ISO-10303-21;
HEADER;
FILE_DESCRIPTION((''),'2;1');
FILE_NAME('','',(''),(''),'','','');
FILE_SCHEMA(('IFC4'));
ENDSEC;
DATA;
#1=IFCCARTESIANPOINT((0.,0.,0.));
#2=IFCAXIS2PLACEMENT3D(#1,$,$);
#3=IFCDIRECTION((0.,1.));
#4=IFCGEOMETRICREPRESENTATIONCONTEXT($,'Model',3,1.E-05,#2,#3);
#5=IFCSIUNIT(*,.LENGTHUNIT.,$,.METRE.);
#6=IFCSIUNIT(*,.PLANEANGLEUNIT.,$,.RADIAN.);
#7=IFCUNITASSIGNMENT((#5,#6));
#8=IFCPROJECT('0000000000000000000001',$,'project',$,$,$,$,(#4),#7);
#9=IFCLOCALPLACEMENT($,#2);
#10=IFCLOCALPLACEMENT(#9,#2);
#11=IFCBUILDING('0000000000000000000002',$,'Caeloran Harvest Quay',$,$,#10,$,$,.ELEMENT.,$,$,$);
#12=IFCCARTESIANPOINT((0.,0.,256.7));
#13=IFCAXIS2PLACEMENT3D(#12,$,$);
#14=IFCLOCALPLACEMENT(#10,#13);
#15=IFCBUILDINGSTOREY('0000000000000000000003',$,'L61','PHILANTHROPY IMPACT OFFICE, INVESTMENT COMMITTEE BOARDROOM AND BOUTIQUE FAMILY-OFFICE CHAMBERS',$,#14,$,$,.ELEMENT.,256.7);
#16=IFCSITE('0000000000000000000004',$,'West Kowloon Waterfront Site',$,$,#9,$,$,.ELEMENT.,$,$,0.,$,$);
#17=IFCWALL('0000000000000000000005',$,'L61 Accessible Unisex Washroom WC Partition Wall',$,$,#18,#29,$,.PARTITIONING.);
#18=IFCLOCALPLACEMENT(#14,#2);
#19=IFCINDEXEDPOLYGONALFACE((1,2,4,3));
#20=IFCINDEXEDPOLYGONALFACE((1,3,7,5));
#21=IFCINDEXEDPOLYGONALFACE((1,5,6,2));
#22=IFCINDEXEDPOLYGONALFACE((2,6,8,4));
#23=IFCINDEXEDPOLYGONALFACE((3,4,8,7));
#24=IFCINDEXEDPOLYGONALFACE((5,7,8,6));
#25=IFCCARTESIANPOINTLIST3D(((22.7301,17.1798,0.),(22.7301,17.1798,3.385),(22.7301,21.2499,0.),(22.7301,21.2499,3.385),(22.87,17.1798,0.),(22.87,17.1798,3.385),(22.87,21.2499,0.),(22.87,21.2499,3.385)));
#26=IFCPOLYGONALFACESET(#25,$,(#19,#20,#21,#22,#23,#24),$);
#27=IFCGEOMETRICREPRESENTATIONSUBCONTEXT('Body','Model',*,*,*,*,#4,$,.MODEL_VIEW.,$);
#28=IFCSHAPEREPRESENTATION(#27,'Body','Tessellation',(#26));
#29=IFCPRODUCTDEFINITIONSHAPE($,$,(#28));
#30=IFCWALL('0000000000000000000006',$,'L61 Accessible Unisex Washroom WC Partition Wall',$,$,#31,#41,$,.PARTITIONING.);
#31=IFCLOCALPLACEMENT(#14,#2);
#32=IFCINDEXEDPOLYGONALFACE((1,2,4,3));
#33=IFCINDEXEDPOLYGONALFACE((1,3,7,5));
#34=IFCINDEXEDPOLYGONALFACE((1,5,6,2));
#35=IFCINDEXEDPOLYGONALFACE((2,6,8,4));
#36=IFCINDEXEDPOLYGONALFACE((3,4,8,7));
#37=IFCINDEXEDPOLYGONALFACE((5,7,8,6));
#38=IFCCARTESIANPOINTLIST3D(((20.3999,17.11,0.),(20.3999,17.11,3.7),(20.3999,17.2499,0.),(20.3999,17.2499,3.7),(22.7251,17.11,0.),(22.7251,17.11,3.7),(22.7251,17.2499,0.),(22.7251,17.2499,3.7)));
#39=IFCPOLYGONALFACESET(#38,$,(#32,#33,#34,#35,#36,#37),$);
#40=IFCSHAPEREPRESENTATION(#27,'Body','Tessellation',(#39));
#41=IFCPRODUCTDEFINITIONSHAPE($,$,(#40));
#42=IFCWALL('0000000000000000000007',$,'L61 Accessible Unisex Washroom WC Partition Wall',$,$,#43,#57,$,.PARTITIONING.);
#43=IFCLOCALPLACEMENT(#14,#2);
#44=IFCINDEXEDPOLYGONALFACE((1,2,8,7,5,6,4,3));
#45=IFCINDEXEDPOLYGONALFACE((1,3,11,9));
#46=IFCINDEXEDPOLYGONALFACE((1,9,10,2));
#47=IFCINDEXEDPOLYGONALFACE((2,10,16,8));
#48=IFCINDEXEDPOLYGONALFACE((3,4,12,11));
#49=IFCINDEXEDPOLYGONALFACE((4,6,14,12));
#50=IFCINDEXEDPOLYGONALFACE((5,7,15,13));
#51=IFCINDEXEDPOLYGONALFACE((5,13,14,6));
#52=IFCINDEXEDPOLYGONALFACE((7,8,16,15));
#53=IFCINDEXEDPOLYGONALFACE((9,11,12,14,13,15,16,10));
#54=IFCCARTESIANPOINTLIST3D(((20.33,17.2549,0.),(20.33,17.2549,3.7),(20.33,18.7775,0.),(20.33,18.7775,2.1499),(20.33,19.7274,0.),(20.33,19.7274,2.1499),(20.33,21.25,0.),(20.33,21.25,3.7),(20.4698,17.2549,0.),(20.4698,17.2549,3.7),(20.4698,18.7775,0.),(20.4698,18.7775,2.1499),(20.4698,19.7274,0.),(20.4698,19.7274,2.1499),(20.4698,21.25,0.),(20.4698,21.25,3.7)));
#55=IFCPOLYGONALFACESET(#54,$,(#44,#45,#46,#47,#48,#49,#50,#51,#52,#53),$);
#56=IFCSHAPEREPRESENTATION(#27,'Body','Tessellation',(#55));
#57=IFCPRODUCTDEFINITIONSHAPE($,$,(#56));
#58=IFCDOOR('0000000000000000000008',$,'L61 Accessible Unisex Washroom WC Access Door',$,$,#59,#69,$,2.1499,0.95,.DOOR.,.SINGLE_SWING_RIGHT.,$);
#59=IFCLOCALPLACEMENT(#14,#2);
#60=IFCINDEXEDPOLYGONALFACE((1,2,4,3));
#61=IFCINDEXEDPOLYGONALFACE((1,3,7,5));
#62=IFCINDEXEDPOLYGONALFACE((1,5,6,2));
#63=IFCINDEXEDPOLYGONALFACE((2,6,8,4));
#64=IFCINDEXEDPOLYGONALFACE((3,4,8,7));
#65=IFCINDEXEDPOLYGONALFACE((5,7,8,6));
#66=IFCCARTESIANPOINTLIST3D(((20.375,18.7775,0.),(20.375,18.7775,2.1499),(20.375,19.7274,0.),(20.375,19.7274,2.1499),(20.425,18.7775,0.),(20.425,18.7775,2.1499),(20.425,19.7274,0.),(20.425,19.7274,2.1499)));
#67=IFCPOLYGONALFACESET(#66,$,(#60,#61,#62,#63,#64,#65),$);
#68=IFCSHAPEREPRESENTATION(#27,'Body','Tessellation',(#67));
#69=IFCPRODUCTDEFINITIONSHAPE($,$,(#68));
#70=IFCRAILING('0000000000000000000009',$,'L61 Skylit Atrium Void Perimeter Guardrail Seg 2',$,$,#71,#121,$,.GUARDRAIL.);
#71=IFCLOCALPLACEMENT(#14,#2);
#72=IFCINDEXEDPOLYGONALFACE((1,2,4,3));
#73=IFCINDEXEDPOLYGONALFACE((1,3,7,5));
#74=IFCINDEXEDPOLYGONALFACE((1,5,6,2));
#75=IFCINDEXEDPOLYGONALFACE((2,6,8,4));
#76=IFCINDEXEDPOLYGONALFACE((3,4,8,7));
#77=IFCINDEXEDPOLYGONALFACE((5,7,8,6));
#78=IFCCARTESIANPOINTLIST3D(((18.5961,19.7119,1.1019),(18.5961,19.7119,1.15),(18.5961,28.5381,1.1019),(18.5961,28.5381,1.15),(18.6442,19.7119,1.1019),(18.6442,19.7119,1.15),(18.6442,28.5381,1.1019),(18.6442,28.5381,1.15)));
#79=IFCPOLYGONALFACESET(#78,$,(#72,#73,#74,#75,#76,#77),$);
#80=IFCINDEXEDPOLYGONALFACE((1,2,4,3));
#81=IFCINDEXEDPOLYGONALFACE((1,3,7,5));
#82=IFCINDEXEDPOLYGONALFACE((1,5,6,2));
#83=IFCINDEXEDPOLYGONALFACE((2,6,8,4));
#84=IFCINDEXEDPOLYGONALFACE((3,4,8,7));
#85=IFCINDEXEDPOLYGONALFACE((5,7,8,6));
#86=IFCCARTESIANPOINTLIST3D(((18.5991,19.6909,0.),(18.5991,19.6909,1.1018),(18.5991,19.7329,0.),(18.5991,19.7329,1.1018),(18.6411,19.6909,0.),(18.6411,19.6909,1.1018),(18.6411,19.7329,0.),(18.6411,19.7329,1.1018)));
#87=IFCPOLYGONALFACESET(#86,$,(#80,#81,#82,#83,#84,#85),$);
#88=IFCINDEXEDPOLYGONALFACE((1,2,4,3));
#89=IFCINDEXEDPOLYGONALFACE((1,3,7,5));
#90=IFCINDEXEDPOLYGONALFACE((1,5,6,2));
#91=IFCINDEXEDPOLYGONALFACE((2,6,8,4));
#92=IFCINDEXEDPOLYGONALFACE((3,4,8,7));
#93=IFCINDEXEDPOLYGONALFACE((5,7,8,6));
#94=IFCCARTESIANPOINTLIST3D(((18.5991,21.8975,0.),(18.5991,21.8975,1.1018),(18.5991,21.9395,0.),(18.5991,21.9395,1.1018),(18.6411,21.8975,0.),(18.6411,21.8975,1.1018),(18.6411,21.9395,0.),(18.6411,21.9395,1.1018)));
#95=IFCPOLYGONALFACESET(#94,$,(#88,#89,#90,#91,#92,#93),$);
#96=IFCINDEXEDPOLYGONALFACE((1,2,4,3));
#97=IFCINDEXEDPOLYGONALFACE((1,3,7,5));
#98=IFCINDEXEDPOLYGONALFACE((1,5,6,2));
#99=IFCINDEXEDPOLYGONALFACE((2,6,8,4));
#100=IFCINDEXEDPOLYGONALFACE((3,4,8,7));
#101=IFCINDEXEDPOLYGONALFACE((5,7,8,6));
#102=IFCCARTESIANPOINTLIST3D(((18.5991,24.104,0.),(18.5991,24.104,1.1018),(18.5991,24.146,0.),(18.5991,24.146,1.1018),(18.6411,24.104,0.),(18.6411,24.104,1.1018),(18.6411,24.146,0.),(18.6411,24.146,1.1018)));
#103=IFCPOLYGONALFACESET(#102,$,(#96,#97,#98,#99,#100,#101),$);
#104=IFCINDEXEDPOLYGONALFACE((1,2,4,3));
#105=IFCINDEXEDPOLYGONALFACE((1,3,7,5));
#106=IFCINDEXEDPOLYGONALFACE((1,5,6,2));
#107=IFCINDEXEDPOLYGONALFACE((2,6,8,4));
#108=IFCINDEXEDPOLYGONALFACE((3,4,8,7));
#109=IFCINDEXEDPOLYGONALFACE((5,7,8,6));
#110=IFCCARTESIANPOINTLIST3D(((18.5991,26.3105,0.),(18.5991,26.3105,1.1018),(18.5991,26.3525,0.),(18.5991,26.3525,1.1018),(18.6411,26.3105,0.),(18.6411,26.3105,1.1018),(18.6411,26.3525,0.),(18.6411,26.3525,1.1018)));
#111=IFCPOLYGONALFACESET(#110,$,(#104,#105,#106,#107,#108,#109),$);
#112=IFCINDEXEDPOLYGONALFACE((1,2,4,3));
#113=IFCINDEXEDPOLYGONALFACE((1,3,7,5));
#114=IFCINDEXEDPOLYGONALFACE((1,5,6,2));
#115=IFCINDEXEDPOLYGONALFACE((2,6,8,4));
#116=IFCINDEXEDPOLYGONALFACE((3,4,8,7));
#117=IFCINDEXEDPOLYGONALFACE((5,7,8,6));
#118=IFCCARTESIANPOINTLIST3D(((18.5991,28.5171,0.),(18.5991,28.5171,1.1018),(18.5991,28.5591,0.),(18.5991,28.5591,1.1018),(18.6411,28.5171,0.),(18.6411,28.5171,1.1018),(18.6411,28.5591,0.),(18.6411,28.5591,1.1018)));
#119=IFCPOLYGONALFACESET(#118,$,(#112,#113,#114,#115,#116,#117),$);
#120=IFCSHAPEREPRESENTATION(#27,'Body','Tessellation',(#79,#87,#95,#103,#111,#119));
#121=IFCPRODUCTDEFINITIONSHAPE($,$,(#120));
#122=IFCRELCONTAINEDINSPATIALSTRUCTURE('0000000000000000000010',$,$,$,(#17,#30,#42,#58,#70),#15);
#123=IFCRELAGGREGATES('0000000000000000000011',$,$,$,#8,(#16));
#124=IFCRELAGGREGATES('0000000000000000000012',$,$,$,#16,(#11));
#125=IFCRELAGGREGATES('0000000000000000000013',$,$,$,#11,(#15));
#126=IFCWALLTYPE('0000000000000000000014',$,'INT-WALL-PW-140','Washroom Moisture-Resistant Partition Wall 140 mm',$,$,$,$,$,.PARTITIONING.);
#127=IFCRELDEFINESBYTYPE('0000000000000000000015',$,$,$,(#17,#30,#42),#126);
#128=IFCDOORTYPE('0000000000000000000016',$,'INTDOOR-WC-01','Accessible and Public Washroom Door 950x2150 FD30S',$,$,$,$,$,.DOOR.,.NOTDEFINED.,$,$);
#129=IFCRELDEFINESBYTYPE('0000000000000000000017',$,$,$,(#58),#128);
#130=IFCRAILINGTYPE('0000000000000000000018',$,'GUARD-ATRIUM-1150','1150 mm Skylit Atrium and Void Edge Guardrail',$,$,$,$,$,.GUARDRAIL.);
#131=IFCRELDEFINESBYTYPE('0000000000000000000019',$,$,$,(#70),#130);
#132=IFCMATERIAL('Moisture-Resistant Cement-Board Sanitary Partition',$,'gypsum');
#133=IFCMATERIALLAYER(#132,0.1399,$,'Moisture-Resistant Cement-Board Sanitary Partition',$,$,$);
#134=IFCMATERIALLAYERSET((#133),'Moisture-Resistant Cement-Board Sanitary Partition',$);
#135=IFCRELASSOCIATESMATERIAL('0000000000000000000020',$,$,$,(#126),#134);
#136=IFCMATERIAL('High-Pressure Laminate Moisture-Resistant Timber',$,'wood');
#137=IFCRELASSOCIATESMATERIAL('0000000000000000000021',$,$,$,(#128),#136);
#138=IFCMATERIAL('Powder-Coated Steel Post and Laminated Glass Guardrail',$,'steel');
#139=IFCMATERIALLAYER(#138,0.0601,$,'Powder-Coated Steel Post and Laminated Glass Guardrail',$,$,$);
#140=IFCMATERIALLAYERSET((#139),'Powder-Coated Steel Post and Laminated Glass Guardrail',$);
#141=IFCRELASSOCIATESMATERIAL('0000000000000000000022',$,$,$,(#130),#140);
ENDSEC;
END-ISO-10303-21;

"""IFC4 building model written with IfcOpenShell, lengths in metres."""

from ifc_helpers import new_model, si_unit, direction, frame, frame_2d, origin, origin_2d, place, context, subcontext, project, spatial, rectangle, extrude, material, layer, layer_set, type_object, element, fill, save


model = new_model("IFC4")

# Units and contexts
model_context = context("Model", 3, precision=1e-05, world=origin(), true_north=direction((0.0, 1.0)))
body_context = subcontext(model_context, "Body", "Model", "MODEL_VIEW")
ifc_project = project(units=[si_unit("LENGTHUNIT", "METRE"), si_unit("PLANEANGLEUNIT", "RADIAN")], contexts=[model_context])

# Site, building, storey
site_placement = place(None, origin())
site = spatial("IfcSite", under=ifc_project, at=site_placement, Name="West Kowloon Waterfront Site", CompositionType="ELEMENT", RefElevation=0.0)
building_placement = place(site_placement, origin())
building = spatial("IfcBuilding", under=site, at=building_placement, Name="Caeloran Harvest Quay", CompositionType="ELEMENT")
storey_placement = place(building_placement, frame((0.0, 0.0, 256.7)))
storey = spatial("IfcBuildingStorey", under=building, at=storey_placement, Name="L61", Description="PHILANTHROPY IMPACT OFFICE, INVESTMENT COMMITTEE BOARDROOM AND BOUTIQUE FAMILY-OFFICE CHAMBERS", CompositionType="ELEMENT", Elevation=256.7)

# Shared definitions
ifc_material_1 = material(Name="Moisture-Resistant Cement-Board Sanitary Partition", Category="gypsum")
ifc_layer_1 = layer(ifc_material_1, 0.1399, Name="Moisture-Resistant Cement-Board Sanitary Partition")
ifc_layer_set_1 = layer_set([ifc_layer_1], Name="Moisture-Resistant Cement-Board Sanitary Partition")
wall_type_1 = type_object("IfcWallType", Name="INT-WALL-PW-140", Description="Washroom Moisture-Resistant Partition Wall 140 mm", PredefinedType="PARTITIONING", material=ifc_layer_set_1)

# Shared definitions
ifc_material_2 = material(Name="High-Pressure Laminate Moisture-Resistant Timber", Category="wood")
door_type = type_object("IfcDoorType", Name="INTDOOR-WC-01", Description="Accessible and Public Washroom Door 950x2150 FD30S", OperationType="NOTDEFINED", PredefinedType="DOOR", material=ifc_material_2)

# Walls
wall_1_placement = place(storey_placement, frame((22.8, 21.25, 0.0), z_axis=(0.0, 0.0, 1.0), x_axis=(0.0, -1.0, 0.0)))
element("IfcWall", 1, at=wall_1_placement, inside=storey, type_object=wall_type_1, Name="L61 Accessible Unisex Washroom WC Partition Wall", PredefinedType="PARTITIONING", context=body_context, shape_type="SweptSolid", body=[
    extrude(rectangle(XDim=4.0701, YDim=0.1399, at=frame_2d((2.0352, 0.0))), origin(), (0.0, 0.0, 1.0), 3.385),
])
wall_2_placement = place(storey_placement, frame((22.7251, 17.1799, 0.0), z_axis=(0.0, 0.0, 1.0), x_axis=(-1.0, 0.0, 0.0)))
element("IfcWall", 2, at=wall_2_placement, inside=storey, type_object=wall_type_1, Name="L61 Accessible Unisex Washroom WC Partition Wall", PredefinedType="PARTITIONING", context=body_context, shape_type="SweptSolid", body=[
    extrude(rectangle(XDim=2.3252, YDim=0.1399, at=frame_2d((1.1626, 0.0))), origin(), (0.0, 0.0, 1.0), 3.7),
])

# Wall, opening, door
wall_3_placement = place(storey_placement, frame((20.3999, 17.2549, 0.0), z_axis=(0.0, 0.0, 1.0), x_axis=(0.0, 1.0, 0.0)))
wall_3 = element("IfcWall", 3, at=wall_3_placement, inside=storey, type_object=wall_type_1, Name="L61 Accessible Unisex Washroom WC Partition Wall", PredefinedType="PARTITIONING", context=body_context, shape_type="SweptSolid", body=[
    extrude(rectangle(XDim=3.9951, YDim=0.1399, at=frame_2d((1.9976, 0.0))), origin(), (0.0, 0.0, 1.0), 3.7),
])
opening_1_placement = place(wall_3_placement, frame((1.5225, 0.0, 0.0)))
opening_1 = element("IfcOpeningElement", 4, at=opening_1_placement, cuts=wall_3, PredefinedType="OPENING", context=body_context, shape_type="SweptSolid", body=[
    extrude(rectangle(XDim=0.95, YDim=2.1499, at=frame_2d((0.4751, 1.075))), frame((0.0, 0.0801, 0.0), z_axis=(0.0, -1.0, 0.0), x_axis=(1.0, 0.0, 0.0)), (0.0, 0.0, 1.0), 0.1599),
])
door_1_placement = place(opening_1_placement, origin())
door_1 = element("IfcDoor", 5, at=door_1_placement, inside=storey, type_object=door_type, Name="L61 Accessible Unisex Washroom WC Access Door", OperationType="SINGLE_SWING_RIGHT", OverallHeight=2.1499, OverallWidth=0.95, PredefinedType="DOOR", context=body_context, shape_type="SweptSolid", body=[
    extrude(rectangle(XDim=0.95, YDim=2.1499, at=frame_2d((0.4751, 1.075))), frame((0.0, 0.0249, 0.0), z_axis=(0.0, -1.0, 0.0), x_axis=(1.0, 0.0, 0.0)), (0.0, 0.0, 1.0), 0.05),
])
fill(opening_1, door_1)

# Railing
ifc_material_3 = material(Name="Powder-Coated Steel Post and Laminated Glass Guardrail", Category="steel")
ifc_layer_2 = layer(ifc_material_3, 0.0601, Name="Powder-Coated Steel Post and Laminated Glass Guardrail")
ifc_layer_set_2 = layer_set([ifc_layer_2], Name="Powder-Coated Steel Post and Laminated Glass Guardrail")
railing_type = type_object("IfcRailingType", Name="GUARD-ATRIUM-1150", Description="1150 mm Skylit Atrium and Void Edge Guardrail", PredefinedType="GUARDRAIL", material=ifc_layer_set_2)
railing_placement = place(storey_placement, frame((18.6201, 19.7119, 0.0)))
element("IfcRailing", 6, at=railing_placement, inside=storey, type_object=railing_type, Name="L61 Skylit Atrium Void Perimeter Guardrail Seg 2", PredefinedType="GUARDRAIL", context=body_context, shape_type="SweptSolid", body=[
    extrude(rectangle(XDim=0.0481, YDim=0.0481, at=origin_2d()), frame((0.0, 0.0, 1.126), z_axis=(0.0, 1.0, 0.0), x_axis=(-1.0, 0.0, 0.0)), (0.0, 0.0, 1.0), 8.8262),
    extrude(rectangle(XDim=0.042, YDim=0.042, at=origin_2d()), origin(), (0.0, 0.0, 1.0), 1.1018),
    extrude(rectangle(XDim=0.042, YDim=0.042, at=origin_2d()), frame((0.0, 2.2065, 0.0)), (0.0, 0.0, 1.0), 1.1018),
    extrude(rectangle(XDim=0.042, YDim=0.042, at=origin_2d()), frame((0.0, 4.4131, 0.0)), (0.0, 0.0, 1.0), 1.1018),
    extrude(rectangle(XDim=0.042, YDim=0.042, at=origin_2d()), frame((0.0, 6.6196, 0.0)), (0.0, 0.0, 1.0), 1.1018),
    extrude(rectangle(XDim=0.042, YDim=0.042, at=origin_2d()), frame((0.0, 8.8262, 0.0)), (0.0, 0.0, 1.0), 1.1018),
])

save(model, "model.ifc")
